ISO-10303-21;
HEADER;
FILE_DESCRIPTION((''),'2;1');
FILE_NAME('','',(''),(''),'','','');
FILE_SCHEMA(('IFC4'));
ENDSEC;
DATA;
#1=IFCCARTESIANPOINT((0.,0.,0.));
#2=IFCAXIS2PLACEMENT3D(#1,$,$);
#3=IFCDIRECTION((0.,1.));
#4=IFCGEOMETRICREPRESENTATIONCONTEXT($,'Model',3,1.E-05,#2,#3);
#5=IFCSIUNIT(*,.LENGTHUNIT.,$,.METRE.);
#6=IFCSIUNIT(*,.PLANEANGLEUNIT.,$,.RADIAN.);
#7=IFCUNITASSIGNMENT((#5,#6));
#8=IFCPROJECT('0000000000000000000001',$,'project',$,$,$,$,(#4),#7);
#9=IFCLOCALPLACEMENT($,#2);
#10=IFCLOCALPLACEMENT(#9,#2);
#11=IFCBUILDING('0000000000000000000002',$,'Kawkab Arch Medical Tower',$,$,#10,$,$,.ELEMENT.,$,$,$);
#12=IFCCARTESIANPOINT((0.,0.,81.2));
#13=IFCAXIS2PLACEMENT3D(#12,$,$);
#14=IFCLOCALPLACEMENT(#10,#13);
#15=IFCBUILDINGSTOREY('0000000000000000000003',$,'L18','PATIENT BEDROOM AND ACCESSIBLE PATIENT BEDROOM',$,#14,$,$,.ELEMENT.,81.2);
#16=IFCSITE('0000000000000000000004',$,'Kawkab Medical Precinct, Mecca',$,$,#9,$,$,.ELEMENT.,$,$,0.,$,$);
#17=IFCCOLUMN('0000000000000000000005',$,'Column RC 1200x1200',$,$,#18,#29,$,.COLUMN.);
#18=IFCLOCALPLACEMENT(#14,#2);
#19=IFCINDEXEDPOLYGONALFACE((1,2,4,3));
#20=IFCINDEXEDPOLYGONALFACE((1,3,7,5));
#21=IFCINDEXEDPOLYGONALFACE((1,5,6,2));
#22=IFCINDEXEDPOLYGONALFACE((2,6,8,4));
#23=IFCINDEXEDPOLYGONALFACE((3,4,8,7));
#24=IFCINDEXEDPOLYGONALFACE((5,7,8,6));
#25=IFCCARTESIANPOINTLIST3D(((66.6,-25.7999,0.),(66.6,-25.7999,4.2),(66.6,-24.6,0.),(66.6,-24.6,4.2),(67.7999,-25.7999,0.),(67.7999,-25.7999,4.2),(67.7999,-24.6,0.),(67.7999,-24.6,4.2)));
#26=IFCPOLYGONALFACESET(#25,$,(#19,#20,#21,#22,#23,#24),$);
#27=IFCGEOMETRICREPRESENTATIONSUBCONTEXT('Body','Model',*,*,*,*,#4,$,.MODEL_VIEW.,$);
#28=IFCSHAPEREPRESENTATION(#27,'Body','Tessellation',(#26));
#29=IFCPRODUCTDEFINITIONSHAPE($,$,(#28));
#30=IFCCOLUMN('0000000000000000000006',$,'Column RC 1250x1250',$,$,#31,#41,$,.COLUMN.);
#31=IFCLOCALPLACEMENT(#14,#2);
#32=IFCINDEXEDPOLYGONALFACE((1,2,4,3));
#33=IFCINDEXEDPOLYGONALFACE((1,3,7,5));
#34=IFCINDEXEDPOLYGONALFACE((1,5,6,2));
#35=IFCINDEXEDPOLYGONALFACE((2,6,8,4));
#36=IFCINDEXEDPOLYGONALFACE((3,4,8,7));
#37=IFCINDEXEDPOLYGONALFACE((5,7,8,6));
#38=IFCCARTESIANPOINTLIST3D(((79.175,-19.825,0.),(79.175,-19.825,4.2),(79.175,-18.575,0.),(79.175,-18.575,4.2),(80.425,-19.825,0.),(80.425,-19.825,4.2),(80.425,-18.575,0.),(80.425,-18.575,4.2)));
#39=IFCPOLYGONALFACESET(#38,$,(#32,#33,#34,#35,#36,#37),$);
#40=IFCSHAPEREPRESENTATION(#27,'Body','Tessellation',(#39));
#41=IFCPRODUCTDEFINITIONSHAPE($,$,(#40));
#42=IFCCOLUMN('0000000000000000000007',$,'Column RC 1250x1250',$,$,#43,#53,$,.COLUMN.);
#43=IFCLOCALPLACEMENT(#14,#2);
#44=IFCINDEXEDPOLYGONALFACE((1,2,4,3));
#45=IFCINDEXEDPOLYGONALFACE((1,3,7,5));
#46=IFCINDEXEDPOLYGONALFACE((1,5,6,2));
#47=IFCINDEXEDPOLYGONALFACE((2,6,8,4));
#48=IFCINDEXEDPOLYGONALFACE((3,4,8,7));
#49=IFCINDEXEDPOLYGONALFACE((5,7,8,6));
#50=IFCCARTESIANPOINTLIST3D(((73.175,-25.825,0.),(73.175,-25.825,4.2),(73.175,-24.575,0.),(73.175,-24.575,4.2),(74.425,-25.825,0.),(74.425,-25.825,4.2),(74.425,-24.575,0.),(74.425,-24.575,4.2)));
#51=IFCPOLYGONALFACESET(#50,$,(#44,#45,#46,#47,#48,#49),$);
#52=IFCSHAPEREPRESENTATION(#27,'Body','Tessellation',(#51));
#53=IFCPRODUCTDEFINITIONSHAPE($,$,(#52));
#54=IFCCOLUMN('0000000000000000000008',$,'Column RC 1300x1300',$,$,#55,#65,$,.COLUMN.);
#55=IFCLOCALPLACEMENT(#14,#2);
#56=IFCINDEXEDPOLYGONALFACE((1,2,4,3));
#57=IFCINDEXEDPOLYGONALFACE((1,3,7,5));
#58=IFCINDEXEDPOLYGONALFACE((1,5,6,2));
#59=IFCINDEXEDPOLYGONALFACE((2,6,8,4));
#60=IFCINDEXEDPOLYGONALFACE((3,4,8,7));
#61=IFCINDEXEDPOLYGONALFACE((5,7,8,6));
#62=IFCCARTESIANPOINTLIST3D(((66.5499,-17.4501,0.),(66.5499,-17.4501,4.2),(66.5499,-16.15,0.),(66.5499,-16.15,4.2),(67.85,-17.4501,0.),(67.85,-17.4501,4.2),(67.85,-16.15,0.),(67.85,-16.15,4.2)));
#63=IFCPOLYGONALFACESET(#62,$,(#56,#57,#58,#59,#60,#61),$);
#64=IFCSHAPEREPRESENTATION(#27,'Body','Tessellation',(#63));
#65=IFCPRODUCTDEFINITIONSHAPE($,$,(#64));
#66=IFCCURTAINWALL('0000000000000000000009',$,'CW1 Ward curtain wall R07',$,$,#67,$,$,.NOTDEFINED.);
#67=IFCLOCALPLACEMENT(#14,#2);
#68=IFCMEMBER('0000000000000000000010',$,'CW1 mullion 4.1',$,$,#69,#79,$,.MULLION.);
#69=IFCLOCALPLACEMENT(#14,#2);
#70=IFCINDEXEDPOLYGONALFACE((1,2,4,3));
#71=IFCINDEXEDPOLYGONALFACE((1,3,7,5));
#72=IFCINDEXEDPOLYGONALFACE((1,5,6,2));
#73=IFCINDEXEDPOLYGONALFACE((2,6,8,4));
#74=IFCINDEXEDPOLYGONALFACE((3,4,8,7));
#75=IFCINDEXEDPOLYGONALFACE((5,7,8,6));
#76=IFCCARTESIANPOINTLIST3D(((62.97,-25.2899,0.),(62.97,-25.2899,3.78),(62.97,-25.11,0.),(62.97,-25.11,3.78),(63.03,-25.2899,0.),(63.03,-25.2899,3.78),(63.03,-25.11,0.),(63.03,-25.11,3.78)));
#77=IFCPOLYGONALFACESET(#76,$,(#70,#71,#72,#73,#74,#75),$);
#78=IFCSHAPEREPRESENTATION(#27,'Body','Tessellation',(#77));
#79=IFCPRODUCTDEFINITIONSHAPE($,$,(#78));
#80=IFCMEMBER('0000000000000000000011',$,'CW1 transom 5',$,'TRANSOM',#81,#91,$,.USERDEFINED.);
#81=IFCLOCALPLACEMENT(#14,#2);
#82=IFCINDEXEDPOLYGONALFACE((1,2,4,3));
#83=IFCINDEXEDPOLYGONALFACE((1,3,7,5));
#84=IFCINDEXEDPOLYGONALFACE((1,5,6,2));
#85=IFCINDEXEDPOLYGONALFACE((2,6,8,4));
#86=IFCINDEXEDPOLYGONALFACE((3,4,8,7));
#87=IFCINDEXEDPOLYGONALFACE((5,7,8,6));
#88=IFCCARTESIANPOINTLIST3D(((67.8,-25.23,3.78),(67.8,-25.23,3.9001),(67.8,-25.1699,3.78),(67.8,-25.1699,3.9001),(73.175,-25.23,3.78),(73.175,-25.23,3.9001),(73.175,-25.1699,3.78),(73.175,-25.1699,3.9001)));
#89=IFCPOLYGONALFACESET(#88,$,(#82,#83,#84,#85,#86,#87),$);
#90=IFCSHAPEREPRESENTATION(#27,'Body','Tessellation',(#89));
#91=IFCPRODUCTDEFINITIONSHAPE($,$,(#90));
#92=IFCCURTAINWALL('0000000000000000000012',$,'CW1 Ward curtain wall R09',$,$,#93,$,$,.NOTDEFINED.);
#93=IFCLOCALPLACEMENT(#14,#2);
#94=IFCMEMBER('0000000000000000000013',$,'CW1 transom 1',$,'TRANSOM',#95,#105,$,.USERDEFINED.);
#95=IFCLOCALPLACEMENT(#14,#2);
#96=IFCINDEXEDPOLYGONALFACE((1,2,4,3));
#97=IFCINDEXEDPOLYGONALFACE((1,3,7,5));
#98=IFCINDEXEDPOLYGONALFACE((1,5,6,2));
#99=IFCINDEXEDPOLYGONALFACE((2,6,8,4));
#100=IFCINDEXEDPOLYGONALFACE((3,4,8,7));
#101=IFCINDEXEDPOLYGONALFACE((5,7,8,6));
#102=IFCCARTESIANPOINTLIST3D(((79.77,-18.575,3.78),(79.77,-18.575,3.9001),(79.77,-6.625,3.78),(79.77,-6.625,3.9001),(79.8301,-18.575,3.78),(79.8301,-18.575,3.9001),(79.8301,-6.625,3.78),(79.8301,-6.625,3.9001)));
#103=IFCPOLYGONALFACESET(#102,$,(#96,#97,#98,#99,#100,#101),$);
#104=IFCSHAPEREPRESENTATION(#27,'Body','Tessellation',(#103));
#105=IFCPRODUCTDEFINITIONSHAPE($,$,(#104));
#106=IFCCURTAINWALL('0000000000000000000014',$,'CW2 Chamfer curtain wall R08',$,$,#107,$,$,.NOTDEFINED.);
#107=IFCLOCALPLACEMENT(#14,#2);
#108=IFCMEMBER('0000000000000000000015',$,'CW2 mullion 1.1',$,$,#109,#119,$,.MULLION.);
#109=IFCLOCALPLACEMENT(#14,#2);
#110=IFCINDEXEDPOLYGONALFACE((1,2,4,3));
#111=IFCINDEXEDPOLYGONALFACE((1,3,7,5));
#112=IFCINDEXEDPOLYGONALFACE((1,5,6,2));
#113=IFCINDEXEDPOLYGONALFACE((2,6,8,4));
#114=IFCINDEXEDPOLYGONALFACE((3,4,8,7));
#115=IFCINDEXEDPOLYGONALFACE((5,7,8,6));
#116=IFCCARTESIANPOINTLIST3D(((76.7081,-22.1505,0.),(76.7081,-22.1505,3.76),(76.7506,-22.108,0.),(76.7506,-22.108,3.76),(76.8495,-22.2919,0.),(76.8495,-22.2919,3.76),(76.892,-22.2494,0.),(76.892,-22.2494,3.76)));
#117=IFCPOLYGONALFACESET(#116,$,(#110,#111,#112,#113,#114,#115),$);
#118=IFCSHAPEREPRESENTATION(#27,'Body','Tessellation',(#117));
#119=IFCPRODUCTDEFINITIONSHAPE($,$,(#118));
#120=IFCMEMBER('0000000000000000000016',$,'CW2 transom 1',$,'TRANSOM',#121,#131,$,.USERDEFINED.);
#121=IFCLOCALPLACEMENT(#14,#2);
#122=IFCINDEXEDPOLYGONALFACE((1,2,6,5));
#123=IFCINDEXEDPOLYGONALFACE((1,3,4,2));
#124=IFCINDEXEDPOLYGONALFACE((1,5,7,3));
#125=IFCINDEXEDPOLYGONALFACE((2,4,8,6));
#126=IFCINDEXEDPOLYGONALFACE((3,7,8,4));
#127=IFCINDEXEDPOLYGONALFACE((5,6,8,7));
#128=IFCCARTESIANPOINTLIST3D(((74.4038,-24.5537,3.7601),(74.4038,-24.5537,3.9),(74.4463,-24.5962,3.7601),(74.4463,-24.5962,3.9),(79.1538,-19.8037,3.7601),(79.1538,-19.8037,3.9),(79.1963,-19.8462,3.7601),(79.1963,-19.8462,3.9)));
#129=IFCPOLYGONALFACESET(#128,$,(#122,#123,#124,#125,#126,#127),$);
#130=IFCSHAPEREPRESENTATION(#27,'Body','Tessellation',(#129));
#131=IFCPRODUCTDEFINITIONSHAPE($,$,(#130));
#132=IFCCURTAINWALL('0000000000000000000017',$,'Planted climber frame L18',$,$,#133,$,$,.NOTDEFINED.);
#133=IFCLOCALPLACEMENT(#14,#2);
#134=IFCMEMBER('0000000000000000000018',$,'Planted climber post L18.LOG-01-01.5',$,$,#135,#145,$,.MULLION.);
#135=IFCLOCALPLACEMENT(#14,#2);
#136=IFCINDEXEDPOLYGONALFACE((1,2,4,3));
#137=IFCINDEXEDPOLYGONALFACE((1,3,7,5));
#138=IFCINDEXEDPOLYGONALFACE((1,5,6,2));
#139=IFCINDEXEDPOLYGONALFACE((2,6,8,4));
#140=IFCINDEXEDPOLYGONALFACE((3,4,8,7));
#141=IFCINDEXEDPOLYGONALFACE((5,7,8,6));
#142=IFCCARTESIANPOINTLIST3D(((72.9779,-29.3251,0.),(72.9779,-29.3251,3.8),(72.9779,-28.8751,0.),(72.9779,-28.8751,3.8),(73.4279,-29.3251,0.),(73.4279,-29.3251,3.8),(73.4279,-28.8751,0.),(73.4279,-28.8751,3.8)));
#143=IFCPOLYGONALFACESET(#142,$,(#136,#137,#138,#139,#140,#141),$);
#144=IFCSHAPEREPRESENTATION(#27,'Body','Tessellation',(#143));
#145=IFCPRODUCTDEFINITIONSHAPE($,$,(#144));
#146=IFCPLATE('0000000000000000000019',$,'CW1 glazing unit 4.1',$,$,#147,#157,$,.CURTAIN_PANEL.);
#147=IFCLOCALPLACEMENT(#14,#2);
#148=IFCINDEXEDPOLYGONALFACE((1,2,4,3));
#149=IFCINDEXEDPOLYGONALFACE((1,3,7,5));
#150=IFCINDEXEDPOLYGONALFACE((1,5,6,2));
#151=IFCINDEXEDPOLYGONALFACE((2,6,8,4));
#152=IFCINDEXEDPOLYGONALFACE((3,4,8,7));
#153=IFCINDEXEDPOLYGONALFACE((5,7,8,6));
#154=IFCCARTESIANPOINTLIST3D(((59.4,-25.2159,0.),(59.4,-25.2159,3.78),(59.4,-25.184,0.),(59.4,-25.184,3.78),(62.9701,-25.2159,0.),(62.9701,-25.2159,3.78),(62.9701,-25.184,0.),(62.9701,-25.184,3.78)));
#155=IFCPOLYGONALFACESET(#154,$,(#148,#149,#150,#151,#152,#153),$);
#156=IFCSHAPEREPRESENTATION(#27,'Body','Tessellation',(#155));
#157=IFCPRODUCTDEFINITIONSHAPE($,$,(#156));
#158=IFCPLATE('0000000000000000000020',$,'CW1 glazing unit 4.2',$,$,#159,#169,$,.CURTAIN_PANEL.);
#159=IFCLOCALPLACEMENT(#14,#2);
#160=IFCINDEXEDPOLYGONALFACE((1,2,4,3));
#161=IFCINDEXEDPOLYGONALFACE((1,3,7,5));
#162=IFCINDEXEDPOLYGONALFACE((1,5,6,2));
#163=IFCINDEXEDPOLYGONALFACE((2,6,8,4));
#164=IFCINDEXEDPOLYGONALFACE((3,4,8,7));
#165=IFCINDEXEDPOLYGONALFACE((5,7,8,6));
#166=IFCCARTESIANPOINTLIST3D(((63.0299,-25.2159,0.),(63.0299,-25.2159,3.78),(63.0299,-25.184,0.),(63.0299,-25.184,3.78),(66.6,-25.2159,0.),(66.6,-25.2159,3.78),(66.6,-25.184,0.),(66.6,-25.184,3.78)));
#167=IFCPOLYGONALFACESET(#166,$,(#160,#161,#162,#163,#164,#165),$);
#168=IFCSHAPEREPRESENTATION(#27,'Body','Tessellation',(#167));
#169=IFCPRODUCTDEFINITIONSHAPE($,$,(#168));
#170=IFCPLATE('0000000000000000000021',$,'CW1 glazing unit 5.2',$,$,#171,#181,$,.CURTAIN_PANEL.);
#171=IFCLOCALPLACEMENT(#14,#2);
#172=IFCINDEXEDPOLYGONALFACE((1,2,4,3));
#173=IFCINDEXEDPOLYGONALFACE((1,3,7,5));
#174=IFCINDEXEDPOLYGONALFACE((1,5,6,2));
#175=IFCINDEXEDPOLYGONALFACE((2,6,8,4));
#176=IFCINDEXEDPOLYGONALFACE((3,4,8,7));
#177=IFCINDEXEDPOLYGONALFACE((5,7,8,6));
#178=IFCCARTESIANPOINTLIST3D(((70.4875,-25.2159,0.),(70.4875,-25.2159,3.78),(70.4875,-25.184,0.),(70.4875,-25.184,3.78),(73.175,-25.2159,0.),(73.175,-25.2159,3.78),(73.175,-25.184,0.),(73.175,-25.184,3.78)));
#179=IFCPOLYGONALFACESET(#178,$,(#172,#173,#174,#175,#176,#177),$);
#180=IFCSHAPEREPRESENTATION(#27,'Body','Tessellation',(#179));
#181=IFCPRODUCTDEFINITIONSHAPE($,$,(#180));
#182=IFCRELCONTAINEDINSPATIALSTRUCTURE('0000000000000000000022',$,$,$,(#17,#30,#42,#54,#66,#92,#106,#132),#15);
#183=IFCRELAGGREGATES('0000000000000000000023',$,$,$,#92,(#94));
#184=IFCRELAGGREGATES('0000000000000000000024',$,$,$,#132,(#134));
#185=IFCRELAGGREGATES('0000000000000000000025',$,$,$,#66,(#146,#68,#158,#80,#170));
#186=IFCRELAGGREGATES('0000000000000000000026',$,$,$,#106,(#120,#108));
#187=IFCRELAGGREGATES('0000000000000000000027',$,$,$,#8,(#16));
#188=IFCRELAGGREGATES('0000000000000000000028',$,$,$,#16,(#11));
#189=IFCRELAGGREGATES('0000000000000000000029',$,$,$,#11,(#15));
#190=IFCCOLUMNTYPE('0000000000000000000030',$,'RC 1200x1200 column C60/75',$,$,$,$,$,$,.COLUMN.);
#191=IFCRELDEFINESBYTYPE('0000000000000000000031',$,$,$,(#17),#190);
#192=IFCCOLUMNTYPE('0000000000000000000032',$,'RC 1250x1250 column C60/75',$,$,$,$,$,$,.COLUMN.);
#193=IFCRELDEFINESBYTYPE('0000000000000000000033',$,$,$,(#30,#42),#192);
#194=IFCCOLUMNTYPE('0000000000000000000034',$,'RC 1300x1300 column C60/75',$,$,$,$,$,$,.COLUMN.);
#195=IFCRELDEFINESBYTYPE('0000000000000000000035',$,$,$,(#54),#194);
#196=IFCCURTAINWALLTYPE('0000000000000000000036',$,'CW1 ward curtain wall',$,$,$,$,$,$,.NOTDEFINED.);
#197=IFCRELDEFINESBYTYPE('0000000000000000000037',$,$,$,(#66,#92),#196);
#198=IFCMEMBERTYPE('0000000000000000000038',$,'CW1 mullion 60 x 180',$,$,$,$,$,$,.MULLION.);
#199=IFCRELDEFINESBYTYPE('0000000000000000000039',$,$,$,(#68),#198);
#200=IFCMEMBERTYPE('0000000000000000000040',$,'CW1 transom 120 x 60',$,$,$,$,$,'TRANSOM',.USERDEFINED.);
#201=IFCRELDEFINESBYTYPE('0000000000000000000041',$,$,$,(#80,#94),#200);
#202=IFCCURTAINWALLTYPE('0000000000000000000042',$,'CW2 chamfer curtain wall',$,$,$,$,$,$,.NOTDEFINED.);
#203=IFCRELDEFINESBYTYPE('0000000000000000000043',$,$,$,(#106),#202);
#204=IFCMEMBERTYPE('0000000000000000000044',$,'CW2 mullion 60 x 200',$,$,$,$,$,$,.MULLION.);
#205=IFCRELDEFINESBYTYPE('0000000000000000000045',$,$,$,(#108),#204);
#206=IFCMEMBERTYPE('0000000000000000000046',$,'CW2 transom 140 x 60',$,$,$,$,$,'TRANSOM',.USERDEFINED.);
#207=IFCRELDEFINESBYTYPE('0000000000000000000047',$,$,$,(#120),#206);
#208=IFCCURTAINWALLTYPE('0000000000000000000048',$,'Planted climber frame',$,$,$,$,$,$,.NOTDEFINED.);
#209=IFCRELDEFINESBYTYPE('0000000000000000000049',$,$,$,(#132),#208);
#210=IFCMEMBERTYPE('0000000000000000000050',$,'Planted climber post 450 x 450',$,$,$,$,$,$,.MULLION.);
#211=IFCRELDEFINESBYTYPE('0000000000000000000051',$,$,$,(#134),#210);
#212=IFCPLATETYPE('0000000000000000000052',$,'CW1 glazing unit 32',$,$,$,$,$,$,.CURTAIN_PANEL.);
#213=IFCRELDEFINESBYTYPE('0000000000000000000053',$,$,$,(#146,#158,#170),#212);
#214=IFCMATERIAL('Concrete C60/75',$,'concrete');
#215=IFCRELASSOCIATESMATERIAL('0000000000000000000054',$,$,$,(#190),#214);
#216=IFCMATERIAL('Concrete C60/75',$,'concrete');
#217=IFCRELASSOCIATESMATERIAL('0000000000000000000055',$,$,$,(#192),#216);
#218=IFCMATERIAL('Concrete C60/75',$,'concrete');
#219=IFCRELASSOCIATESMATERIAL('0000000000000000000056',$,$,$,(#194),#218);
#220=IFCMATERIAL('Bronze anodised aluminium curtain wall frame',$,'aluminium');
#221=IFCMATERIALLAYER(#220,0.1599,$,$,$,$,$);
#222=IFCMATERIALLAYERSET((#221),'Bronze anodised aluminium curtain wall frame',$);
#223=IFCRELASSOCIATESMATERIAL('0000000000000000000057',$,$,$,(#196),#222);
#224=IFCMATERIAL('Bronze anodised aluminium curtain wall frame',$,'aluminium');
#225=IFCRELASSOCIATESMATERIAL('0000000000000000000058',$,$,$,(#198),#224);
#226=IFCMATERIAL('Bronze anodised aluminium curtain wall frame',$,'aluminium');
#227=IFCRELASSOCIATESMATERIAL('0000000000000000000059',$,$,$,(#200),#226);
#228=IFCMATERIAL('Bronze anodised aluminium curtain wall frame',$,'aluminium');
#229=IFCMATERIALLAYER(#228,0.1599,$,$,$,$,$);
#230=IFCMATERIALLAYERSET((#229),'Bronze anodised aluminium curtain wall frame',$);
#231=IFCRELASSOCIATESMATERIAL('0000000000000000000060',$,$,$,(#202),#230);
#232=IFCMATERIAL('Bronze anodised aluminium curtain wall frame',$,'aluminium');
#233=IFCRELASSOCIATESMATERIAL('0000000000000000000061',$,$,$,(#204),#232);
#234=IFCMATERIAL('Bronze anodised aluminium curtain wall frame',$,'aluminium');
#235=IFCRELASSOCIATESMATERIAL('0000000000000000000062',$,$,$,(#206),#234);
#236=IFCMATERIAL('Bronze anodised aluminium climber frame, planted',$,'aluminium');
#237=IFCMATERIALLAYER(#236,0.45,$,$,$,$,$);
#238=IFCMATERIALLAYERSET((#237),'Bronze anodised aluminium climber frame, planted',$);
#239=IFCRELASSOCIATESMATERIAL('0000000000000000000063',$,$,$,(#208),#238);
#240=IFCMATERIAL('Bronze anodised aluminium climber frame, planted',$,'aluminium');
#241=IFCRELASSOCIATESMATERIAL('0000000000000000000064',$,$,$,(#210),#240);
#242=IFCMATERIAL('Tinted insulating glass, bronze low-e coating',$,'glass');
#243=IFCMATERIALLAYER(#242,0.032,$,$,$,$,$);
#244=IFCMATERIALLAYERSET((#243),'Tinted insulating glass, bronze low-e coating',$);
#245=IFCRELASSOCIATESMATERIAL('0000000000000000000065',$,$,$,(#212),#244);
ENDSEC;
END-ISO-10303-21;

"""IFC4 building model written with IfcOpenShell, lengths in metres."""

from ifc_helpers import new_model, si_unit, direction, frame, origin, origin_2d, place, context, subcontext, project, spatial, rectangle, extrude, material, layer, layer_set, material_profile, profile_set, type_object, element, aggregate, save


model = new_model("IFC4")

# Units and contexts
model_context = context("Model", 3, precision=1e-05, world=origin(), true_north=direction((0.0, 1.0)))
body_context = subcontext(model_context, "Body", "Model", "MODEL_VIEW")
ifc_project = project(units=[si_unit("LENGTHUNIT", "METRE"), si_unit("PLANEANGLEUNIT", "RADIAN")], contexts=[model_context])

# Site, building, storey
site_placement = place(None, origin())
site = spatial("IfcSite", under=ifc_project, at=site_placement, Name="Kawkab Medical Precinct, Mecca", CompositionType="ELEMENT", RefElevation=0.0)
building_placement = place(site_placement, origin())
building = spatial("IfcBuilding", under=site, at=building_placement, Name="Kawkab Arch Medical Tower", CompositionType="ELEMENT")
storey_placement = place(building_placement, frame((0.0, 0.0, 81.2)))
storey = spatial("IfcBuildingStorey", under=building, at=storey_placement, Name="L18", Description="PATIENT BEDROOM AND ACCESSIBLE PATIENT BEDROOM", CompositionType="ELEMENT", Elevation=81.2)

# Columns
ifc_material_1 = material(Name="Concrete C60/75", Category="concrete")
ifc_material_profile_1 = material_profile(ifc_material_1, rectangle(XDim=1.2, YDim=1.2, at=origin_2d()), Name="RC 1200x1200")
ifc_profile_set_1 = profile_set([ifc_material_profile_1], Name="Concrete C60/75")
column_type_1 = type_object("IfcColumnType", Name="RC 1200x1200 column C60/75", PredefinedType="COLUMN", material=ifc_profile_set_1)
column_1_placement = place(storey_placement, frame((67.2, -25.2, 0.0), z_axis=(0.0, 0.0, 1.0), x_axis=(1.0, 0.0, 0.0)))
element("IfcColumn", 1, at=column_1_placement, inside=storey, type_object=column_type_1, Name="Column RC 1200x1200", PredefinedType="COLUMN", context=body_context, shape_type="SweptSolid", body=[
    extrude(rectangle(XDim=1.2, YDim=1.2, at=origin_2d()), origin(), (0.0, 0.0, 1.0), 4.2),
])
ifc_material_2 = material(Name="Concrete C60/75", Category="concrete")
ifc_material_profile_2 = material_profile(ifc_material_2, rectangle(XDim=1.25, YDim=1.25, at=origin_2d()), Name="RC 1250x1250")
ifc_profile_set_2 = profile_set([ifc_material_profile_2], Name="Concrete C60/75")
column_type_2 = type_object("IfcColumnType", Name="RC 1250x1250 column C60/75", PredefinedType="COLUMN", material=ifc_profile_set_2)
for number, where, z_axis, x_axis, name in (
    (2, (79.8, -19.2, 0.0), (0.0, 0.0, 1.0), (1.0, 0.0, 0.0), "Column RC 1250x1250"),
    (3, (73.8, -25.2, 0.0), (0.0, 0.0, 1.0), (1.0, 0.0, 0.0), "Column RC 1250x1250"),
):
    element("IfcColumn", number, at=place(storey_placement, frame(where, z_axis=z_axis, x_axis=x_axis)), inside=storey, type_object=column_type_2, Name=name, PredefinedType="COLUMN", context=body_context, shape_type="SweptSolid", body=[
        extrude(rectangle(XDim=1.25, YDim=1.25, at=origin_2d()), origin(), (0.0, 0.0, 1.0), 4.2),
    ])
ifc_material_3 = material(Name="Concrete C60/75", Category="concrete")
ifc_material_profile_3 = material_profile(ifc_material_3, rectangle(XDim=1.3, YDim=1.3, at=origin_2d()), Name="RC 1300x1300")
ifc_profile_set_3 = profile_set([ifc_material_profile_3], Name="Concrete C60/75")
column_type_3 = type_object("IfcColumnType", Name="RC 1300x1300 column C60/75", PredefinedType="COLUMN", material=ifc_profile_set_3)
column_2_placement = place(storey_placement, frame((67.2, -16.8, 0.0), z_axis=(0.0, 0.0, 1.0), x_axis=(1.0, 0.0, 0.0)))
element("IfcColumn", 4, at=column_2_placement, inside=storey, type_object=column_type_3, Name="Column RC 1300x1300", PredefinedType="COLUMN", context=body_context, shape_type="SweptSolid", body=[
    extrude(rectangle(XDim=1.3, YDim=1.3, at=origin_2d()), origin(), (0.0, 0.0, 1.0), 4.2),
])

# Curtain wall, members
ifc_material_4 = material(Name="Bronze anodised aluminium curtain wall frame", Category="aluminium")
ifc_layer_1 = layer(ifc_material_4, 0.1599)
ifc_layer_set_1 = layer_set([ifc_layer_1], Name="Bronze anodised aluminium curtain wall frame")
curtain_wall_type_1 = type_object("IfcCurtainWallType", Name="CW1 ward curtain wall", PredefinedType="NOTDEFINED", material=ifc_layer_set_1)
placement = place(storey_placement, origin())
curtain_wall_1 = element("IfcCurtainWall", 5, at=placement, inside=storey, type_object=curtain_wall_type_1, Name="CW1 Ward curtain wall R07", PredefinedType="NOTDEFINED")
ifc_material_5 = material(Name="Bronze anodised aluminium curtain wall frame", Category="aluminium")
ifc_material_profile_4 = material_profile(ifc_material_5, rectangle(XDim=0.1799, YDim=0.0601, at=origin_2d()), Name="AL 60x180")
ifc_profile_set_4 = profile_set([ifc_material_profile_4], Name="Bronze anodised aluminium curtain wall frame")
member_type_1 = type_object("IfcMemberType", Name="CW1 mullion 60 x 180", PredefinedType="MULLION", material=ifc_profile_set_4)
member_1_placement = place(storey_placement, frame((63.0, -25.2, 0.0), z_axis=(0.0, 0.0, 1.0), x_axis=(0.0, 1.0, 0.0)))
member_1 = element("IfcMember", 6, at=member_1_placement, type_object=member_type_1, Name="CW1 mullion 4.1", PredefinedType="MULLION", context=body_context, shape_type="SweptSolid", body=[
    extrude(rectangle(XDim=0.1799, YDim=0.0601, at=origin_2d()), origin(), (0.0, 0.0, 1.0), 3.78),
])
ifc_material_6 = material(Name="Bronze anodised aluminium curtain wall frame", Category="aluminium")
ifc_material_profile_5 = material_profile(ifc_material_6, rectangle(XDim=0.0601, YDim=0.1201, at=origin_2d()), Name="AL 60x120")
ifc_profile_set_5 = profile_set([ifc_material_profile_5], Name="Bronze anodised aluminium curtain wall frame")
member_type_2 = type_object("IfcMemberType", Name="CW1 transom 120 x 60", ElementType="TRANSOM", PredefinedType="USERDEFINED", material=ifc_profile_set_5)
member_2_placement = place(storey_placement, frame((67.8, -25.2, 3.8401), z_axis=(1.0, 0.0, 0.0), x_axis=(0.0, 1.0, 0.0)))
member_2 = element("IfcMember", 7, at=member_2_placement, type_object=member_type_2, Name="CW1 transom 5", ObjectType="TRANSOM", PredefinedType="USERDEFINED", context=body_context, shape_type="SweptSolid", body=[
    extrude(rectangle(XDim=0.0601, YDim=0.1201, at=origin_2d()), origin(), (0.0, 0.0, 1.0), 5.375),
])

# Curtain wall, member
curtain_wall_2 = element("IfcCurtainWall", 8, at=placement, inside=storey, type_object=curtain_wall_type_1, Name="CW1 Ward curtain wall R09", PredefinedType="NOTDEFINED")
member_3_placement = place(storey_placement, frame((79.8, -18.575, 3.8401), z_axis=(0.0, 1.0, 0.0), x_axis=(-1.0, 0.0, 0.0)))
member_3 = element("IfcMember", 9, at=member_3_placement, type_object=member_type_2, Name="CW1 transom 1", ObjectType="TRANSOM", PredefinedType="USERDEFINED", context=body_context, shape_type="SweptSolid", body=[
    extrude(rectangle(XDim=0.0601, YDim=0.1201, at=origin_2d()), origin(), (0.0, 0.0, 1.0), 11.95),
])
aggregate(curtain_wall_2, [member_3])

# Curtain wall, members
ifc_material_7 = material(Name="Bronze anodised aluminium curtain wall frame", Category="aluminium")
ifc_layer_2 = layer(ifc_material_7, 0.1599)
ifc_layer_set_2 = layer_set([ifc_layer_2], Name="Bronze anodised aluminium curtain wall frame")
curtain_wall_type_2 = type_object("IfcCurtainWallType", Name="CW2 chamfer curtain wall", PredefinedType="NOTDEFINED", material=ifc_layer_set_2)
curtain_wall_3 = element("IfcCurtainWall", 10, at=placement, inside=storey, type_object=curtain_wall_type_2, Name="CW2 Chamfer curtain wall R08", PredefinedType="NOTDEFINED")
ifc_material_8 = material(Name="Bronze anodised aluminium curtain wall frame", Category="aluminium")
ifc_material_profile_6 = material_profile(ifc_material_8, rectangle(XDim=0.2, YDim=0.0601, at=origin_2d()), Name="AL 60x200")
ifc_profile_set_6 = profile_set([ifc_material_profile_6], Name="Bronze anodised aluminium curtain wall frame")
member_type_3 = type_object("IfcMemberType", Name="CW2 mullion 60 x 200", PredefinedType="MULLION", material=ifc_profile_set_6)
member_4_placement = place(storey_placement, frame((76.8, -22.2, 0.0), z_axis=(0.0, 0.0, 1.0), x_axis=(-0.707107, 0.707107, 0.0)))
member_4 = element("IfcMember", 11, at=member_4_placement, type_object=member_type_3, Name="CW2 mullion 1.1", PredefinedType="MULLION", context=body_context, shape_type="SweptSolid", body=[
    extrude(rectangle(XDim=0.2, YDim=0.0601, at=origin_2d()), origin(), (0.0, 0.0, 1.0), 3.76),
])
ifc_material_9 = material(Name="Bronze anodised aluminium curtain wall frame", Category="aluminium")
ifc_material_profile_7 = material_profile(ifc_material_9, rectangle(XDim=0.0601, YDim=0.1399, at=origin_2d()), Name="AL 60x140")
ifc_profile_set_7 = profile_set([ifc_material_profile_7], Name="Bronze anodised aluminium curtain wall frame")
member_type_4 = type_object("IfcMemberType", Name="CW2 transom 140 x 60", ElementType="TRANSOM", PredefinedType="USERDEFINED", material=ifc_profile_set_7)
member_5_placement = place(storey_placement, frame((74.425, -24.575, 3.8301), z_axis=(0.707107, 0.707107, 0.0), x_axis=(-0.707107, 0.707107, 0.0)))
member_5 = element("IfcMember", 12, at=member_5_placement, type_object=member_type_4, Name="CW2 transom 1", ObjectType="TRANSOM", PredefinedType="USERDEFINED", context=body_context, shape_type="SweptSolid", body=[
    extrude(rectangle(XDim=0.0601, YDim=0.1399, at=origin_2d()), origin(), (0.0, 0.0, 1.0), 6.7175),
])

# Curtain wall, member
ifc_material_10 = material(Name="Bronze anodised aluminium climber frame, planted", Category="aluminium")
ifc_layer_3 = layer(ifc_material_10, 0.45)
ifc_layer_set_3 = layer_set([ifc_layer_3], Name="Bronze anodised aluminium climber frame, planted")
curtain_wall_type_3 = type_object("IfcCurtainWallType", Name="Planted climber frame", PredefinedType="NOTDEFINED", material=ifc_layer_set_3)
curtain_wall_4 = element("IfcCurtainWall", 13, at=placement, inside=storey, type_object=curtain_wall_type_3, Name="Planted climber frame L18", PredefinedType="NOTDEFINED")
ifc_material_11 = material(Name="Bronze anodised aluminium climber frame, planted", Category="aluminium")
ifc_material_profile_8 = material_profile(ifc_material_11, rectangle(XDim=0.45, YDim=0.45, at=origin_2d()), Name="Post 450x450")
ifc_profile_set_8 = profile_set([ifc_material_profile_8], Name="Bronze anodised aluminium climber frame, planted")
member_type_5 = type_object("IfcMemberType", Name="Planted climber post 450 x 450", PredefinedType="MULLION", material=ifc_profile_set_8)
member_6_placement = place(storey_placement, frame((73.2029, -29.1001, 0.0), z_axis=(0.0, 0.0, 1.0), x_axis=(1.0, 0.0, 0.0)))
member_6 = element("IfcMember", 14, at=member_6_placement, type_object=member_type_5, Name="Planted climber post L18.LOG-01-01.5", PredefinedType="MULLION", context=body_context, shape_type="SweptSolid", body=[
    extrude(rectangle(XDim=0.45, YDim=0.45, at=origin_2d()), origin(), (0.0, 0.0, 1.0), 3.8),
])
aggregate(curtain_wall_4, [member_6])

# Plates
ifc_material_12 = material(Name="Tinted insulating glass, bronze low-e coating", Category="glass")
ifc_layer_4 = layer(ifc_material_12, 0.032)
ifc_layer_set_4 = layer_set([ifc_layer_4], Name="Tinted insulating glass, bronze low-e coating")
plate_type_1 = type_object("IfcPlateType", Name="CW1 glazing unit 32", PredefinedType="CURTAIN_PANEL", material=ifc_layer_set_4)
plate_1_placement = place(storey_placement, frame((61.1851, -25.2, 0.0), z_axis=(0.0, 0.0, 1.0), x_axis=(1.0, 0.0, 0.0)))
plate_1 = element("IfcPlate", 15, at=plate_1_placement, type_object=plate_type_1, Name="CW1 glazing unit 4.1", PredefinedType="CURTAIN_PANEL", context=body_context, shape_type="SweptSolid", body=[
    extrude(rectangle(XDim=3.5701, YDim=0.032, at=origin_2d()), origin(), (0.0, 0.0, 1.0), 3.78),
])
plate_2_placement = place(storey_placement, frame((64.8149, -25.2, 0.0), z_axis=(0.0, 0.0, 1.0), x_axis=(1.0, 0.0, 0.0)))
plate_2 = element("IfcPlate", 16, at=plate_2_placement, type_object=plate_type_1, Name="CW1 glazing unit 4.2", PredefinedType="CURTAIN_PANEL", context=body_context, shape_type="SweptSolid", body=[
    extrude(rectangle(XDim=3.5701, YDim=0.032, at=origin_2d()), origin(), (0.0, 0.0, 1.0), 3.78),
])
plate_3_placement = place(storey_placement, frame((71.8313, -25.2, 0.0), z_axis=(0.0, 0.0, 1.0), x_axis=(1.0, 0.0, 0.0)))
plate_3 = element("IfcPlate", 17, at=plate_3_placement, type_object=plate_type_1, Name="CW1 glazing unit 5.2", PredefinedType="CURTAIN_PANEL", context=body_context, shape_type="SweptSolid", body=[
    extrude(rectangle(XDim=2.6875, YDim=0.032, at=origin_2d()), origin(), (0.0, 0.0, 1.0), 3.78),
])
aggregate(curtain_wall_1, [plate_1, member_1, plate_2, member_2, plate_3])
aggregate(curtain_wall_3, [member_5, member_4])

save(model, "model.ifc")
